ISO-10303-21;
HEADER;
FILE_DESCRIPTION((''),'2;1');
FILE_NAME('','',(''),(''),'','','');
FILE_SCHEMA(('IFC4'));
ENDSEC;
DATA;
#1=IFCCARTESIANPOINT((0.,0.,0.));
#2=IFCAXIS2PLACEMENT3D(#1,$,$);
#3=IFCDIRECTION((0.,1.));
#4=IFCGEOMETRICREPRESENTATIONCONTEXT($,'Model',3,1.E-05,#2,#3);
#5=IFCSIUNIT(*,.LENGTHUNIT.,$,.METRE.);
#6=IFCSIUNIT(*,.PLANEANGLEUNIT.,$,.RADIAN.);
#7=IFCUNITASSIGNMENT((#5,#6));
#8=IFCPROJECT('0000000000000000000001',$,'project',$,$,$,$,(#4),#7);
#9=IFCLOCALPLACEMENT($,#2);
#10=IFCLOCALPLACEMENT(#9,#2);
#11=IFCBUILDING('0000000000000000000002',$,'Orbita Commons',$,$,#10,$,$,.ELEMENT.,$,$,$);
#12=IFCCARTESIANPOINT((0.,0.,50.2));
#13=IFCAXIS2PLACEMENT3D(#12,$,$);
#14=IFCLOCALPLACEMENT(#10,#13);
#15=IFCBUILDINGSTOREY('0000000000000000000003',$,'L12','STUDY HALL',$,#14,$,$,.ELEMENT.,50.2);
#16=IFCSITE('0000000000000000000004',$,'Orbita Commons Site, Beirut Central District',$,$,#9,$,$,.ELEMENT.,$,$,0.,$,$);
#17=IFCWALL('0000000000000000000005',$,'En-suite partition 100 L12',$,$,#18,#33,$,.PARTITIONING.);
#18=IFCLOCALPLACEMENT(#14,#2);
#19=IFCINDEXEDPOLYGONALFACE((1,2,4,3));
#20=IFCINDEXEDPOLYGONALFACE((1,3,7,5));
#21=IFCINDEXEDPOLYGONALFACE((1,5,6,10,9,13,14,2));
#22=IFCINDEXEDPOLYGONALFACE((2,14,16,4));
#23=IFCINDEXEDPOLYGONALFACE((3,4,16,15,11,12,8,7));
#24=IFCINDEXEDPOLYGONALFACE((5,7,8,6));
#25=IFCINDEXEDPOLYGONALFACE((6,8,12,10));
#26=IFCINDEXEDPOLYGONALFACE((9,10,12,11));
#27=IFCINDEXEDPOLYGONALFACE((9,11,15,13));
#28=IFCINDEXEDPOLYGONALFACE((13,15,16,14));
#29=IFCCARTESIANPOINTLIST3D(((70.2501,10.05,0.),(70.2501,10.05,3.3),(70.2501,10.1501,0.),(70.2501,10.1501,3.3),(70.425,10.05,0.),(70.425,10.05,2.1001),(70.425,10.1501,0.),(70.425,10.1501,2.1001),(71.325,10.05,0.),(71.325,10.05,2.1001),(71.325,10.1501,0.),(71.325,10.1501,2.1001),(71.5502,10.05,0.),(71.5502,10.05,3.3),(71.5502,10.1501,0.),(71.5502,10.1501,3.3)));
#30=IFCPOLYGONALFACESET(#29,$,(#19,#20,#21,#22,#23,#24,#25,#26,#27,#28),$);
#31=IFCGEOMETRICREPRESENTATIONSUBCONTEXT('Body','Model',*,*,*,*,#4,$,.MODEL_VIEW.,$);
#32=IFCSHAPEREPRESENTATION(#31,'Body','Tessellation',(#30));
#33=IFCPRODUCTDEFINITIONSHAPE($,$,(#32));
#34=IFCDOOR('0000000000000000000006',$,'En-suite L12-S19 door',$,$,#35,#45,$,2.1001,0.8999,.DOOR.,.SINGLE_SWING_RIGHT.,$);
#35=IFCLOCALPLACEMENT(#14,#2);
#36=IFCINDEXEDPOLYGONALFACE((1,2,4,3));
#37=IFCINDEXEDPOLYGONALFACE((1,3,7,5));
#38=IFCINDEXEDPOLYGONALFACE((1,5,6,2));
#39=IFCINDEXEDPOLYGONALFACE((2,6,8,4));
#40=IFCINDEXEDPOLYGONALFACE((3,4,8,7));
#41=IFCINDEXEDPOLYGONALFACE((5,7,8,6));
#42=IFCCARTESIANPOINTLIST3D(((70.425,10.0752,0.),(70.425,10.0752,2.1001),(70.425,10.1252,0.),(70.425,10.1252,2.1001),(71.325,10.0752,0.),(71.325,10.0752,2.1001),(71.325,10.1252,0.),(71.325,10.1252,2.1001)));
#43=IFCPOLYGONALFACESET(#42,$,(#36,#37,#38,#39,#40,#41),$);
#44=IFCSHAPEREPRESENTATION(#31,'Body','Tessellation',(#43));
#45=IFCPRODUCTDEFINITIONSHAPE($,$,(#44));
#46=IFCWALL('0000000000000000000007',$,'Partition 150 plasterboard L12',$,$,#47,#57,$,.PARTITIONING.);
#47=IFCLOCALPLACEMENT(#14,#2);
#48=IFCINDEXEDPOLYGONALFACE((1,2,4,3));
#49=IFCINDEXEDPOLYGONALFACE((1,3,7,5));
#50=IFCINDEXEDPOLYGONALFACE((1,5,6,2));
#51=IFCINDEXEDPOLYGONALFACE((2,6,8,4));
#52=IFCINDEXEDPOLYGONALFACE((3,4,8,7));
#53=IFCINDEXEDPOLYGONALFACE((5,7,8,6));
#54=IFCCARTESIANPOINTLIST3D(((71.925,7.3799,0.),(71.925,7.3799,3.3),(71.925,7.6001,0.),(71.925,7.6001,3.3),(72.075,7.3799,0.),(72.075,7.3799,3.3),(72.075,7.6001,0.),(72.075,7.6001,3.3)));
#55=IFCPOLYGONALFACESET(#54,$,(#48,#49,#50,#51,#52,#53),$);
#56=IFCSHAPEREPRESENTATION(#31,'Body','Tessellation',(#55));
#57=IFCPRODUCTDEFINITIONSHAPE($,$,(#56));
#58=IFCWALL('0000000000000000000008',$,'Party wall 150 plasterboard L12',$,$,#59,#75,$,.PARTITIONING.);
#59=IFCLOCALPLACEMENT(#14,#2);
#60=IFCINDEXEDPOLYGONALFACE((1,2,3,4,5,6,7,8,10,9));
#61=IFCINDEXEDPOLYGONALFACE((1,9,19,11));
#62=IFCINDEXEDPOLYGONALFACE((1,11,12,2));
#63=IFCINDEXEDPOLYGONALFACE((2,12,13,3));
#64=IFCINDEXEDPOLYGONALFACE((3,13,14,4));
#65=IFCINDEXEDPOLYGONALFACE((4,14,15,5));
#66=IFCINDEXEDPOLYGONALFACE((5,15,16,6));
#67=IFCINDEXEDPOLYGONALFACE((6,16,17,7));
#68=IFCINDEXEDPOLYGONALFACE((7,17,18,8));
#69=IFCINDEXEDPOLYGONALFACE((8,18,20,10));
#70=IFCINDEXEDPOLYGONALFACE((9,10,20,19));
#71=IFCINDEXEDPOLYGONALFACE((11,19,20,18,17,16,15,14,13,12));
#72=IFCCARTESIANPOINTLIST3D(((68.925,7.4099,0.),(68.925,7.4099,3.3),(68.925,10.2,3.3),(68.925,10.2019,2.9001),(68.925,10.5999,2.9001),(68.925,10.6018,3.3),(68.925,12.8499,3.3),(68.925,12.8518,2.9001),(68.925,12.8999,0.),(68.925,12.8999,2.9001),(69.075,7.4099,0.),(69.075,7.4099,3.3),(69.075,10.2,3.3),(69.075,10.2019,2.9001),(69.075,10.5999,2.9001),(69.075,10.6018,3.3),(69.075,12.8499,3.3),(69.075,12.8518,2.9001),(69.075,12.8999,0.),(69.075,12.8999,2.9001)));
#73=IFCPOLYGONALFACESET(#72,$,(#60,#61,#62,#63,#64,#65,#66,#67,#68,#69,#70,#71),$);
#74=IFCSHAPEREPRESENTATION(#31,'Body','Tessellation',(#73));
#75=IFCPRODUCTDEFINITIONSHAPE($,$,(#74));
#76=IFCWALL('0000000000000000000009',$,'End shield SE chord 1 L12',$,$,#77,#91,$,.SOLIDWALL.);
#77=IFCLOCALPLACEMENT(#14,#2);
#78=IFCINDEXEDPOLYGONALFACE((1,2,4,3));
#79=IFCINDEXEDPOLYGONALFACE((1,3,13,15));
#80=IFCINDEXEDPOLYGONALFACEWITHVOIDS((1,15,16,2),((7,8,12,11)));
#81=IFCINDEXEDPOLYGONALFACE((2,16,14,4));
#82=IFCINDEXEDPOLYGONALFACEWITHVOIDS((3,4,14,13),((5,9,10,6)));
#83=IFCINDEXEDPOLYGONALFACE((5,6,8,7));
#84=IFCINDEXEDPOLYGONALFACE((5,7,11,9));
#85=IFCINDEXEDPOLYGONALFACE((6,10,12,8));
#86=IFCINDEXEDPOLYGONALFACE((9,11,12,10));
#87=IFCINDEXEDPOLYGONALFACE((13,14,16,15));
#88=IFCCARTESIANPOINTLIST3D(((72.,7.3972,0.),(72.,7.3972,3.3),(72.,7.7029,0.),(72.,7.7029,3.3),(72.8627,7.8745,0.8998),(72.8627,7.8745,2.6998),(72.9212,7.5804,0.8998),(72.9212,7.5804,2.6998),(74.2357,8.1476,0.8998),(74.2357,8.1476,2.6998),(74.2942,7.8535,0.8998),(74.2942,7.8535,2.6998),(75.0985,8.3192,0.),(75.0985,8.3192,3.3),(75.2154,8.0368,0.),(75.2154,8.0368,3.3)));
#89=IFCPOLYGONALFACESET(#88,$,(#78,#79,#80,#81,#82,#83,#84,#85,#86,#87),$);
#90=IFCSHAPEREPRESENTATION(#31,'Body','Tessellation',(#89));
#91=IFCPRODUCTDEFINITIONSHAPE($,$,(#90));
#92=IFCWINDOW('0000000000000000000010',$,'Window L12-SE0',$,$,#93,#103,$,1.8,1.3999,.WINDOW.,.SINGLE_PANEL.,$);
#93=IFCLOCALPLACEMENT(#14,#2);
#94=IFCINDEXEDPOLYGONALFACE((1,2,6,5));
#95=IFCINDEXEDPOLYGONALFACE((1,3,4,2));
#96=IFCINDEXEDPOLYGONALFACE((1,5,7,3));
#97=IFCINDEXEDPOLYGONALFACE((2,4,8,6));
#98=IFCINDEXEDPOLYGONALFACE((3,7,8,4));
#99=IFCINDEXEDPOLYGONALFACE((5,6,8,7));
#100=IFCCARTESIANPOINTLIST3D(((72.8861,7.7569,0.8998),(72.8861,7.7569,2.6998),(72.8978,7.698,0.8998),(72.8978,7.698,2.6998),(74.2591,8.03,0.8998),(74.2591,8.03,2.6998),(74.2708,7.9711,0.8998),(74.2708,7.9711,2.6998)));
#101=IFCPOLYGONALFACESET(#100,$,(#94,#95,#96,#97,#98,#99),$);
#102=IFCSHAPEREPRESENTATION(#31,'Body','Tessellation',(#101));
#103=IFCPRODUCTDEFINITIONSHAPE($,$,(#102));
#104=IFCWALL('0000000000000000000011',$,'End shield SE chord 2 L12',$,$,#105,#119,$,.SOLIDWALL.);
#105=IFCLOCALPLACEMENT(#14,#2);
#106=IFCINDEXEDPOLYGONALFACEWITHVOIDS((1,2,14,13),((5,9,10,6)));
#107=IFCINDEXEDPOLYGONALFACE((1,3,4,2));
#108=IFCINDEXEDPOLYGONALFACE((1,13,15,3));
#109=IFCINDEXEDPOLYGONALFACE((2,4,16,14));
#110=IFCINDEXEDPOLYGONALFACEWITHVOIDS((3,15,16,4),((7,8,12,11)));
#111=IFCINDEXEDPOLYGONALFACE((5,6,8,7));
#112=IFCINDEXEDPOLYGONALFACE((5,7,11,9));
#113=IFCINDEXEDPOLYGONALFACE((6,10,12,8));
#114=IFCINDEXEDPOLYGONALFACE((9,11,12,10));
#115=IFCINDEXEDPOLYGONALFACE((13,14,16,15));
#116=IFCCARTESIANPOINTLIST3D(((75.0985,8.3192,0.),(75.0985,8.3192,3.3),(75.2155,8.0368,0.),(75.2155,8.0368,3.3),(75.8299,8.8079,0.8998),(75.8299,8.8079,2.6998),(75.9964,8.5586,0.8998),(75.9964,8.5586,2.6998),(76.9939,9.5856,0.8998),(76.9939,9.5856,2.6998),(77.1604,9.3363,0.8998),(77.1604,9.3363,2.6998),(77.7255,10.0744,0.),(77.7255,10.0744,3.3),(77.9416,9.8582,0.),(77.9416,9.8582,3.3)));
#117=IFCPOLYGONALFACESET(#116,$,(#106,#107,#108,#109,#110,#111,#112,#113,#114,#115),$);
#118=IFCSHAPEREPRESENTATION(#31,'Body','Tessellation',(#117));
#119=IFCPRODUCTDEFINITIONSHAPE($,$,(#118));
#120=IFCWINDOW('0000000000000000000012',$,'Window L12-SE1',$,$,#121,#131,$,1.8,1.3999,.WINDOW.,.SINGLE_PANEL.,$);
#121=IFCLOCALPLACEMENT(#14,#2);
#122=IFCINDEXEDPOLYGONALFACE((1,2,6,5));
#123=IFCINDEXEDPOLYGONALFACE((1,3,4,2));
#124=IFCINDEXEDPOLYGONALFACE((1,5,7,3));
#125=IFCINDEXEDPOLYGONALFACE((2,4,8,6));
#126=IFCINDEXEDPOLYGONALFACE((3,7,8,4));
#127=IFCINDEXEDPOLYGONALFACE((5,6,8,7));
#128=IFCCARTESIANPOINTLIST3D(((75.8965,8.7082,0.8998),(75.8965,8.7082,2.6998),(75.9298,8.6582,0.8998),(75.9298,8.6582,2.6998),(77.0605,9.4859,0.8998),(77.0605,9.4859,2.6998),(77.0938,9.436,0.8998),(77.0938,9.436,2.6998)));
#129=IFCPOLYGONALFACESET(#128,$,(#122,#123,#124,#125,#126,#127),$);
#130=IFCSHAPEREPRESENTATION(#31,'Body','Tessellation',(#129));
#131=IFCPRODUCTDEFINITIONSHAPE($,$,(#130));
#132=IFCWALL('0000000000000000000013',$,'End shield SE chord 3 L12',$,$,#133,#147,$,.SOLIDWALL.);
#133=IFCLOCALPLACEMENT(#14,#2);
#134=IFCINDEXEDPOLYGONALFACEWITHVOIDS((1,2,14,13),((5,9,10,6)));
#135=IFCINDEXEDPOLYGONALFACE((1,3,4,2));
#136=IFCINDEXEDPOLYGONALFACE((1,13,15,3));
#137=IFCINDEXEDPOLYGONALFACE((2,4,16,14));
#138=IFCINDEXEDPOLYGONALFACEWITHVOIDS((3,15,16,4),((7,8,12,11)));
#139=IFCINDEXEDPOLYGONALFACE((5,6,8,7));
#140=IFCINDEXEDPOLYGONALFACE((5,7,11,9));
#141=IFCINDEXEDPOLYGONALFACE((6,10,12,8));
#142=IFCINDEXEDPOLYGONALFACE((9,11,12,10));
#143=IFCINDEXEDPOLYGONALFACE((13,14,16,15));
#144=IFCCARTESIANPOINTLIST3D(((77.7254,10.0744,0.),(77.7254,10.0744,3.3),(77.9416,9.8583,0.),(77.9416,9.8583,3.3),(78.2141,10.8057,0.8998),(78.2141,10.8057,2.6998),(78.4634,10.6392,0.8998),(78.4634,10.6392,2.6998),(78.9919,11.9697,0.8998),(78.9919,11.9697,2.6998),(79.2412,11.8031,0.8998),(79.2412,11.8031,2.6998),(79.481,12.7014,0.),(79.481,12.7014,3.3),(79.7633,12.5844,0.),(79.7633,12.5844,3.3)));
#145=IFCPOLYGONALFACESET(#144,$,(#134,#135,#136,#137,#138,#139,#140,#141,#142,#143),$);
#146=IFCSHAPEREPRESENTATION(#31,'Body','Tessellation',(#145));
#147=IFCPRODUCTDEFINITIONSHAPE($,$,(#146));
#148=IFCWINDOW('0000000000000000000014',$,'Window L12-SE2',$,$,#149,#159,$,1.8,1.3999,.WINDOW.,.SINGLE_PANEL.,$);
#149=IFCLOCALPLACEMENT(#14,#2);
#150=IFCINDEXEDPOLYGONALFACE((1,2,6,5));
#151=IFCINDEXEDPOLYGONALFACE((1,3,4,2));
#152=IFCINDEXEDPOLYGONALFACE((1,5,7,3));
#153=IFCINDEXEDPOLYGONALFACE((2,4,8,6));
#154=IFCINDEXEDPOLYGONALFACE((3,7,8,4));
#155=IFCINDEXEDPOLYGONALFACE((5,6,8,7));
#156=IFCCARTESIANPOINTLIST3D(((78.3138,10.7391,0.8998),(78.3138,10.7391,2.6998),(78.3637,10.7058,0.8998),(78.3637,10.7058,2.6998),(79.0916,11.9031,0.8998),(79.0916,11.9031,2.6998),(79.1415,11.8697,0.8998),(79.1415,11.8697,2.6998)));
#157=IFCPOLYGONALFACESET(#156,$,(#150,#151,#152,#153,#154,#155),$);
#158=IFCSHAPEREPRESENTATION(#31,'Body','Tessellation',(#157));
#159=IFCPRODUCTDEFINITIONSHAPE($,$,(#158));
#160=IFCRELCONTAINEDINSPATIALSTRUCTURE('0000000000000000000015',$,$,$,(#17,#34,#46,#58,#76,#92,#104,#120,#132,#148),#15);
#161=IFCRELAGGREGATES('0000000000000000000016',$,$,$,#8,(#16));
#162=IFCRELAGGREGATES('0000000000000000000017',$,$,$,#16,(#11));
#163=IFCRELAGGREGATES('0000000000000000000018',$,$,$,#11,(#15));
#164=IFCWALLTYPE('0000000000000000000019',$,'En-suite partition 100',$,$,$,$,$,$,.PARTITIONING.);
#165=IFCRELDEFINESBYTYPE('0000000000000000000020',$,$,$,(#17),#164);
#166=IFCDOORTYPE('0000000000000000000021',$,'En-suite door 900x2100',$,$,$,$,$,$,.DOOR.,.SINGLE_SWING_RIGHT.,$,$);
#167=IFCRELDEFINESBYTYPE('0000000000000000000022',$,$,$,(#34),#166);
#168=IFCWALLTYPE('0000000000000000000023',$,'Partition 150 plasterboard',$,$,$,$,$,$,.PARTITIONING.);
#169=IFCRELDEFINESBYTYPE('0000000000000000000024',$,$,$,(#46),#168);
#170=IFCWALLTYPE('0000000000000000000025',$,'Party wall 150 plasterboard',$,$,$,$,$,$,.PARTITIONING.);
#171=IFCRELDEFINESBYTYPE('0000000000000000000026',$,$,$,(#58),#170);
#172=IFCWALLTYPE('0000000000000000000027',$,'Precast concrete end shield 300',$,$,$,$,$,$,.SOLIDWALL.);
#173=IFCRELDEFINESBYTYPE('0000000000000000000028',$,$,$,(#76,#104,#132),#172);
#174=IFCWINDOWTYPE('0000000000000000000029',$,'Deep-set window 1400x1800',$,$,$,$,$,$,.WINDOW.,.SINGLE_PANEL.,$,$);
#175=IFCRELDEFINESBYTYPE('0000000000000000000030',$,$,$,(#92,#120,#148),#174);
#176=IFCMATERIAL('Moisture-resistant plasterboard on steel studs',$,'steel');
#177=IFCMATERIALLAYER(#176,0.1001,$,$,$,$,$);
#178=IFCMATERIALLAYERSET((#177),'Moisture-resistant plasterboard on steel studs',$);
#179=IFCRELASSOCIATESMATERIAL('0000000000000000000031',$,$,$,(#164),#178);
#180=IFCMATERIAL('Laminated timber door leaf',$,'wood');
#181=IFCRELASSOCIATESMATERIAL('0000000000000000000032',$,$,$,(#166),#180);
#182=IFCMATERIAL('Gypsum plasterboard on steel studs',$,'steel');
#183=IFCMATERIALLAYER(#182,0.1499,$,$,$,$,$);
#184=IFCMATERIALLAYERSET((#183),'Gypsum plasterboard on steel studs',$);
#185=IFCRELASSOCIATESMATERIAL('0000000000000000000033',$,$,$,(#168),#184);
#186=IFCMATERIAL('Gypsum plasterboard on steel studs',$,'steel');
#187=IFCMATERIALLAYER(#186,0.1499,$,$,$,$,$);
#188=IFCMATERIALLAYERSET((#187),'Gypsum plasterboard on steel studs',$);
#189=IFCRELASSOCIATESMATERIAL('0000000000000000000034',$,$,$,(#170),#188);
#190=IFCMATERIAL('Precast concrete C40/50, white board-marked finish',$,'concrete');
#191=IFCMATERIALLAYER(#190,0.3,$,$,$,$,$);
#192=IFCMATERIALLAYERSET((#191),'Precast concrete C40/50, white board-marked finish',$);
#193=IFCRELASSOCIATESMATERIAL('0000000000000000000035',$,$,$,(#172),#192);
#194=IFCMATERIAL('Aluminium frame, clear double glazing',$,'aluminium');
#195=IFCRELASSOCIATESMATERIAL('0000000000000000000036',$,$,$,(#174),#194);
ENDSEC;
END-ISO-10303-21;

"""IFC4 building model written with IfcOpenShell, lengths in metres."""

from ifc_helpers import new_model, si_unit, direction, frame, frame_2d, origin, place, context, subcontext, project, spatial, polyline, rectangle, outline, extrude, material, layer, layer_set, type_object, element, fill, save


model = new_model("IFC4")

# Units and contexts
model_context = context("Model", 3, precision=1e-05, world=origin(), true_north=direction((0.0, 1.0)))
body_context = subcontext(model_context, "Body", "Model", "MODEL_VIEW")
ifc_project = project(units=[si_unit("LENGTHUNIT", "METRE"), si_unit("PLANEANGLEUNIT", "RADIAN")], contexts=[model_context])

# Site, building, storey
site_placement = place(None, origin())
site = spatial("IfcSite", under=ifc_project, at=site_placement, Name="Orbita Commons Site, Beirut Central District", CompositionType="ELEMENT", RefElevation=0.0)
building_placement = place(site_placement, origin())
building = spatial("IfcBuilding", under=site, at=building_placement, Name="Orbita Commons", CompositionType="ELEMENT")
storey_placement = place(building_placement, frame((0.0, 0.0, 50.2)))
storey = spatial("IfcBuildingStorey", under=building, at=storey_placement, Name="L12", Description="STUDY HALL", CompositionType="ELEMENT", Elevation=50.2)

# Shared definitions
ifc_material_1 = material(Name="Moisture-resistant plasterboard on steel studs", Category="steel")
ifc_layer_1 = layer(ifc_material_1, 0.1001)
ifc_layer_set_1 = layer_set([ifc_layer_1], Name="Moisture-resistant plasterboard on steel studs")
wall_type_1 = type_object("IfcWallType", Name="En-suite partition 100", PredefinedType="PARTITIONING", material=ifc_layer_set_1)
ifc_material_2 = material(Name="Laminated timber door leaf", Category="wood")
door_type = type_object("IfcDoorType", Name="En-suite door 900x2100", OperationType="SINGLE_SWING_RIGHT", PredefinedType="DOOR", material=ifc_material_2)

# Wall, opening, door
wall_1_placement = place(storey_placement, frame((71.55, 10.1001, 0.0), z_axis=(0.0, 0.0, 1.0), x_axis=(-1.0, 0.0, 0.0)))
wall_1 = element("IfcWall", 1, at=wall_1_placement, inside=storey, type_object=wall_type_1, Name="En-suite partition 100 L12", PredefinedType="PARTITIONING", context=body_context, shape_type="SweptSolid", body=[
    extrude(rectangle(XDim=1.3, YDim=0.1001, at=frame_2d((0.6499, 0.0))), origin(), (0.0, 0.0, 1.0), 3.3),
])
opening_1_placement = place(wall_1_placement, frame((0.2251, 0.0, 0.0)))
opening_1 = element("IfcOpeningElement", 2, at=opening_1_placement, cuts=wall_1, PredefinedType="OPENING", context=body_context, shape_type="SweptSolid", body=[
    extrude(rectangle(XDim=0.8999, YDim=2.1001, at=frame_2d((0.45, 1.05))), frame((0.0, 0.0601, 0.0), z_axis=(0.0, -1.0, 0.0), x_axis=(1.0, 0.0, 0.0)), (0.0, 0.0, 1.0), 0.1201),
])
door_1_placement = place(opening_1_placement, origin())
door_1 = element("IfcDoor", 3, at=door_1_placement, inside=storey, type_object=door_type, Name="En-suite L12-S19 door", OperationType="SINGLE_SWING_RIGHT", OverallHeight=2.1001, OverallWidth=0.8999, PredefinedType="DOOR", context=body_context, shape_type="SweptSolid", body=[
    extrude(rectangle(XDim=0.8999, YDim=2.1001, at=frame_2d((0.45, 1.05))), frame((0.0, 0.0249, 0.0), z_axis=(0.0, -1.0, 0.0), x_axis=(1.0, 0.0, 0.0)), (0.0, 0.0, 1.0), 0.05),
])
fill(opening_1, door_1)

# Walls
ifc_material_3 = material(Name="Gypsum plasterboard on steel studs", Category="steel")
ifc_layer_2 = layer(ifc_material_3, 0.1499)
ifc_layer_set_2 = layer_set([ifc_layer_2], Name="Gypsum plasterboard on steel studs")
wall_type_2 = type_object("IfcWallType", Name="Partition 150 plasterboard", PredefinedType="PARTITIONING", material=ifc_layer_set_2)
wall_2_placement = place(storey_placement, frame((72.0, 7.6001, 0.0), z_axis=(0.0, 0.0, 1.0), x_axis=(0.0, -1.0, 0.0)))
element("IfcWall", 4, at=wall_2_placement, inside=storey, type_object=wall_type_2, Name="Partition 150 plasterboard L12", PredefinedType="PARTITIONING", context=body_context, shape_type="SweptSolid", body=[
    extrude(rectangle(XDim=0.2202, YDim=0.1499, at=frame_2d((0.1101, 0.0))), origin(), (0.0, 0.0, 1.0), 3.3),
])
ifc_material_4 = material(Name="Gypsum plasterboard on steel studs", Category="steel")
ifc_layer_3 = layer(ifc_material_4, 0.1499)
ifc_layer_set_3 = layer_set([ifc_layer_3], Name="Gypsum plasterboard on steel studs")
wall_type_3 = type_object("IfcWallType", Name="Party wall 150 plasterboard", PredefinedType="PARTITIONING", material=ifc_layer_set_3)
wall_3_placement = place(storey_placement, frame((69.0, 7.4099, 0.0), z_axis=(0.0, 0.0, 1.0), x_axis=(0.0, 1.0, 0.0)))
element("IfcWall", 5, at=wall_3_placement, inside=storey, type_object=wall_type_3, Name="Party wall 150 plasterboard L12", PredefinedType="PARTITIONING", context=body_context, shape_type="SweptSolid", body=[
    extrude(outline(polyline([(0.0, 0.0), (5.49, 0.0), (5.49, 2.9001), (5.4419, 2.9001), (5.4399, 3.3), (3.1919, 3.3), (3.1899, 2.9001), (2.792, 2.9001), (2.79, 3.3), (0.0, 3.3), (0.0, 0.0)])), frame((0.0, 0.075, 0.0), z_axis=(0.0, -1.0, 0.0), x_axis=(1.0, 0.0, 0.0)), (0.0, 0.0, 1.0), 0.1499),
])

# Walls, openings, windows
ifc_material_5 = material(Name="Precast concrete C40/50, white board-marked finish", Category="concrete")
ifc_layer_4 = layer(ifc_material_5, 0.3)
ifc_layer_set_4 = layer_set([ifc_layer_4], Name="Precast concrete C40/50, white board-marked finish")
wall_type_4 = type_object("IfcWallType", Name="Precast concrete end shield 300", PredefinedType="SOLIDWALL", material=ifc_layer_set_4)
wall_4_placement = place(storey_placement, frame((72.0, 7.55, 0.0), z_axis=(0.0, 0.0, 1.0), x_axis=(0.980787, 0.19508, 0.0)))
wall_4 = element("IfcWall", 6, at=wall_4_placement, inside=storey, type_object=wall_type_4, Name="End shield SE chord 1 L12", PredefinedType="SOLIDWALL", context=body_context, shape_type="SweptSolid", body=[
    extrude(outline(polyline([(-0.0298, -0.1499), (3.2485, -0.1499), (3.189, 0.1499), (0.0298, 0.1499), (-0.0298, -0.1499)])), origin(), (0.0, 0.0, 1.0), 3.3),
])
opening_2_placement = place(wall_4_placement, frame((0.9094, 0.0, 0.8999)))
opening_2 = element("IfcOpeningElement", 7, at=opening_2_placement, cuts=wall_4, PredefinedType="OPENING", context=body_context, shape_type="SweptSolid", body=[
    extrude(rectangle(XDim=1.3999, YDim=1.8, at=frame_2d((0.7, 0.8999))), frame((0.0, 0.1599, 0.0), z_axis=(0.0, -1.0, 0.0), x_axis=(1.0, 0.0, 0.0)), (0.0, 0.0, 1.0), 0.3201),
])
ifc_material_6 = material(Name="Aluminium frame, clear double glazing", Category="aluminium")
window_type = type_object("IfcWindowType", Name="Deep-set window 1400x1800", PartitioningType="SINGLE_PANEL", PredefinedType="WINDOW", material=ifc_material_6)
window_1_placement = place(opening_2_placement, origin())
window_1 = element("IfcWindow", 8, at=window_1_placement, inside=storey, type_object=window_type, Name="Window L12-SE0", OverallHeight=1.8, OverallWidth=1.3999, PartitioningType="SINGLE_PANEL", PredefinedType="WINDOW", context=body_context, shape_type="SweptSolid", body=[
    extrude(rectangle(XDim=1.3999, YDim=1.8, at=frame_2d((0.7, 0.8999))), frame((0.0, 0.03, 0.0), z_axis=(0.0, -1.0, 0.0), x_axis=(1.0, 0.0, 0.0)), (0.0, 0.0, 1.0), 0.0601),
])
fill(opening_2, window_1)
wall_5_placement = place(storey_placement, frame((75.157, 8.178, 0.0), z_axis=(0.0, 0.0, 1.0), x_axis=(0.831478, 0.555558, 0.0)))
wall_5 = element("IfcWall", 9, at=wall_5_placement, inside=storey, type_object=wall_type_4, Name="End shield SE chord 2 L12", PredefinedType="SOLIDWALL", context=body_context, shape_type="SweptSolid", body=[
    extrude(outline(polyline([(-0.0298, -0.1499), (3.2488, -0.1499), (3.1892, 0.1499), (0.0298, 0.1499), (-0.0298, -0.1499)])), origin(), (0.0, 0.0, 1.0), 3.3),
])
opening_3_placement = place(wall_5_placement, frame((0.9094, 0.0, 0.8999)))
opening_3 = element("IfcOpeningElement", 10, at=opening_3_placement, cuts=wall_5, PredefinedType="OPENING", context=body_context, shape_type="SweptSolid", body=[
    extrude(rectangle(XDim=1.3999, YDim=1.8, at=frame_2d((0.7, 0.8999))), frame((0.0, 0.1599, 0.0), z_axis=(0.0, -1.0, 0.0), x_axis=(1.0, 0.0, 0.0)), (0.0, 0.0, 1.0), 0.3201),
])
window_2_placement = place(opening_3_placement, origin())
window_2 = element("IfcWindow", 11, at=window_2_placement, inside=storey, type_object=window_type, Name="Window L12-SE1", OverallHeight=1.8, OverallWidth=1.3999, PartitioningType="SINGLE_PANEL", PredefinedType="WINDOW", context=body_context, shape_type="SweptSolid", body=[
    extrude(rectangle(XDim=1.3999, YDim=1.8, at=frame_2d((0.7, 0.8999))), frame((0.0, 0.03, 0.0), z_axis=(0.0, -1.0, 0.0), x_axis=(1.0, 0.0, 0.0)), (0.0, 0.0, 1.0), 0.0601),
])
fill(opening_3, window_2)
wall_6_placement = place(storey_placement, frame((77.8335, 9.9663, 0.0), z_axis=(0.0, 0.0, 1.0), x_axis=(0.55561, 0.831443, 0.0)))
wall_6 = element("IfcWall", 12, at=wall_6_placement, inside=storey, type_object=wall_type_4, Name="End shield SE chord 3 L12", PredefinedType="SOLIDWALL", context=body_context, shape_type="SweptSolid", body=[
    extrude(outline(polyline([(-0.0298, -0.1499), (3.249, -0.1499), (3.1895, 0.1499), (0.0298, 0.1499), (-0.0298, -0.1499)])), origin(), (0.0, 0.0, 1.0), 3.3),
])
opening_4_placement = place(wall_6_placement, frame((0.9094, 0.0, 0.8999)))
opening_4 = element("IfcOpeningElement", 13, at=opening_4_placement, cuts=wall_6, PredefinedType="OPENING", context=body_context, shape_type="SweptSolid", body=[
    extrude(rectangle(XDim=1.3999, YDim=1.8, at=frame_2d((0.7, 0.8999))), frame((0.0, 0.1599, 0.0), z_axis=(0.0, -1.0, 0.0), x_axis=(1.0, 0.0, 0.0)), (0.0, 0.0, 1.0), 0.3201),
])
window_3_placement = place(opening_4_placement, origin())
window_3 = element("IfcWindow", 14, at=window_3_placement, inside=storey, type_object=window_type, Name="Window L12-SE2", OverallHeight=1.8, OverallWidth=1.3999, PartitioningType="SINGLE_PANEL", PredefinedType="WINDOW", context=body_context, shape_type="SweptSolid", body=[
    extrude(rectangle(XDim=1.3999, YDim=1.8, at=frame_2d((0.7, 0.8999))), frame((0.0, 0.03, 0.0), z_axis=(0.0, -1.0, 0.0), x_axis=(1.0, 0.0, 0.0)), (0.0, 0.0, 1.0), 0.0601),
])
fill(opening_4, window_3)

save(model, "model.ifc")
